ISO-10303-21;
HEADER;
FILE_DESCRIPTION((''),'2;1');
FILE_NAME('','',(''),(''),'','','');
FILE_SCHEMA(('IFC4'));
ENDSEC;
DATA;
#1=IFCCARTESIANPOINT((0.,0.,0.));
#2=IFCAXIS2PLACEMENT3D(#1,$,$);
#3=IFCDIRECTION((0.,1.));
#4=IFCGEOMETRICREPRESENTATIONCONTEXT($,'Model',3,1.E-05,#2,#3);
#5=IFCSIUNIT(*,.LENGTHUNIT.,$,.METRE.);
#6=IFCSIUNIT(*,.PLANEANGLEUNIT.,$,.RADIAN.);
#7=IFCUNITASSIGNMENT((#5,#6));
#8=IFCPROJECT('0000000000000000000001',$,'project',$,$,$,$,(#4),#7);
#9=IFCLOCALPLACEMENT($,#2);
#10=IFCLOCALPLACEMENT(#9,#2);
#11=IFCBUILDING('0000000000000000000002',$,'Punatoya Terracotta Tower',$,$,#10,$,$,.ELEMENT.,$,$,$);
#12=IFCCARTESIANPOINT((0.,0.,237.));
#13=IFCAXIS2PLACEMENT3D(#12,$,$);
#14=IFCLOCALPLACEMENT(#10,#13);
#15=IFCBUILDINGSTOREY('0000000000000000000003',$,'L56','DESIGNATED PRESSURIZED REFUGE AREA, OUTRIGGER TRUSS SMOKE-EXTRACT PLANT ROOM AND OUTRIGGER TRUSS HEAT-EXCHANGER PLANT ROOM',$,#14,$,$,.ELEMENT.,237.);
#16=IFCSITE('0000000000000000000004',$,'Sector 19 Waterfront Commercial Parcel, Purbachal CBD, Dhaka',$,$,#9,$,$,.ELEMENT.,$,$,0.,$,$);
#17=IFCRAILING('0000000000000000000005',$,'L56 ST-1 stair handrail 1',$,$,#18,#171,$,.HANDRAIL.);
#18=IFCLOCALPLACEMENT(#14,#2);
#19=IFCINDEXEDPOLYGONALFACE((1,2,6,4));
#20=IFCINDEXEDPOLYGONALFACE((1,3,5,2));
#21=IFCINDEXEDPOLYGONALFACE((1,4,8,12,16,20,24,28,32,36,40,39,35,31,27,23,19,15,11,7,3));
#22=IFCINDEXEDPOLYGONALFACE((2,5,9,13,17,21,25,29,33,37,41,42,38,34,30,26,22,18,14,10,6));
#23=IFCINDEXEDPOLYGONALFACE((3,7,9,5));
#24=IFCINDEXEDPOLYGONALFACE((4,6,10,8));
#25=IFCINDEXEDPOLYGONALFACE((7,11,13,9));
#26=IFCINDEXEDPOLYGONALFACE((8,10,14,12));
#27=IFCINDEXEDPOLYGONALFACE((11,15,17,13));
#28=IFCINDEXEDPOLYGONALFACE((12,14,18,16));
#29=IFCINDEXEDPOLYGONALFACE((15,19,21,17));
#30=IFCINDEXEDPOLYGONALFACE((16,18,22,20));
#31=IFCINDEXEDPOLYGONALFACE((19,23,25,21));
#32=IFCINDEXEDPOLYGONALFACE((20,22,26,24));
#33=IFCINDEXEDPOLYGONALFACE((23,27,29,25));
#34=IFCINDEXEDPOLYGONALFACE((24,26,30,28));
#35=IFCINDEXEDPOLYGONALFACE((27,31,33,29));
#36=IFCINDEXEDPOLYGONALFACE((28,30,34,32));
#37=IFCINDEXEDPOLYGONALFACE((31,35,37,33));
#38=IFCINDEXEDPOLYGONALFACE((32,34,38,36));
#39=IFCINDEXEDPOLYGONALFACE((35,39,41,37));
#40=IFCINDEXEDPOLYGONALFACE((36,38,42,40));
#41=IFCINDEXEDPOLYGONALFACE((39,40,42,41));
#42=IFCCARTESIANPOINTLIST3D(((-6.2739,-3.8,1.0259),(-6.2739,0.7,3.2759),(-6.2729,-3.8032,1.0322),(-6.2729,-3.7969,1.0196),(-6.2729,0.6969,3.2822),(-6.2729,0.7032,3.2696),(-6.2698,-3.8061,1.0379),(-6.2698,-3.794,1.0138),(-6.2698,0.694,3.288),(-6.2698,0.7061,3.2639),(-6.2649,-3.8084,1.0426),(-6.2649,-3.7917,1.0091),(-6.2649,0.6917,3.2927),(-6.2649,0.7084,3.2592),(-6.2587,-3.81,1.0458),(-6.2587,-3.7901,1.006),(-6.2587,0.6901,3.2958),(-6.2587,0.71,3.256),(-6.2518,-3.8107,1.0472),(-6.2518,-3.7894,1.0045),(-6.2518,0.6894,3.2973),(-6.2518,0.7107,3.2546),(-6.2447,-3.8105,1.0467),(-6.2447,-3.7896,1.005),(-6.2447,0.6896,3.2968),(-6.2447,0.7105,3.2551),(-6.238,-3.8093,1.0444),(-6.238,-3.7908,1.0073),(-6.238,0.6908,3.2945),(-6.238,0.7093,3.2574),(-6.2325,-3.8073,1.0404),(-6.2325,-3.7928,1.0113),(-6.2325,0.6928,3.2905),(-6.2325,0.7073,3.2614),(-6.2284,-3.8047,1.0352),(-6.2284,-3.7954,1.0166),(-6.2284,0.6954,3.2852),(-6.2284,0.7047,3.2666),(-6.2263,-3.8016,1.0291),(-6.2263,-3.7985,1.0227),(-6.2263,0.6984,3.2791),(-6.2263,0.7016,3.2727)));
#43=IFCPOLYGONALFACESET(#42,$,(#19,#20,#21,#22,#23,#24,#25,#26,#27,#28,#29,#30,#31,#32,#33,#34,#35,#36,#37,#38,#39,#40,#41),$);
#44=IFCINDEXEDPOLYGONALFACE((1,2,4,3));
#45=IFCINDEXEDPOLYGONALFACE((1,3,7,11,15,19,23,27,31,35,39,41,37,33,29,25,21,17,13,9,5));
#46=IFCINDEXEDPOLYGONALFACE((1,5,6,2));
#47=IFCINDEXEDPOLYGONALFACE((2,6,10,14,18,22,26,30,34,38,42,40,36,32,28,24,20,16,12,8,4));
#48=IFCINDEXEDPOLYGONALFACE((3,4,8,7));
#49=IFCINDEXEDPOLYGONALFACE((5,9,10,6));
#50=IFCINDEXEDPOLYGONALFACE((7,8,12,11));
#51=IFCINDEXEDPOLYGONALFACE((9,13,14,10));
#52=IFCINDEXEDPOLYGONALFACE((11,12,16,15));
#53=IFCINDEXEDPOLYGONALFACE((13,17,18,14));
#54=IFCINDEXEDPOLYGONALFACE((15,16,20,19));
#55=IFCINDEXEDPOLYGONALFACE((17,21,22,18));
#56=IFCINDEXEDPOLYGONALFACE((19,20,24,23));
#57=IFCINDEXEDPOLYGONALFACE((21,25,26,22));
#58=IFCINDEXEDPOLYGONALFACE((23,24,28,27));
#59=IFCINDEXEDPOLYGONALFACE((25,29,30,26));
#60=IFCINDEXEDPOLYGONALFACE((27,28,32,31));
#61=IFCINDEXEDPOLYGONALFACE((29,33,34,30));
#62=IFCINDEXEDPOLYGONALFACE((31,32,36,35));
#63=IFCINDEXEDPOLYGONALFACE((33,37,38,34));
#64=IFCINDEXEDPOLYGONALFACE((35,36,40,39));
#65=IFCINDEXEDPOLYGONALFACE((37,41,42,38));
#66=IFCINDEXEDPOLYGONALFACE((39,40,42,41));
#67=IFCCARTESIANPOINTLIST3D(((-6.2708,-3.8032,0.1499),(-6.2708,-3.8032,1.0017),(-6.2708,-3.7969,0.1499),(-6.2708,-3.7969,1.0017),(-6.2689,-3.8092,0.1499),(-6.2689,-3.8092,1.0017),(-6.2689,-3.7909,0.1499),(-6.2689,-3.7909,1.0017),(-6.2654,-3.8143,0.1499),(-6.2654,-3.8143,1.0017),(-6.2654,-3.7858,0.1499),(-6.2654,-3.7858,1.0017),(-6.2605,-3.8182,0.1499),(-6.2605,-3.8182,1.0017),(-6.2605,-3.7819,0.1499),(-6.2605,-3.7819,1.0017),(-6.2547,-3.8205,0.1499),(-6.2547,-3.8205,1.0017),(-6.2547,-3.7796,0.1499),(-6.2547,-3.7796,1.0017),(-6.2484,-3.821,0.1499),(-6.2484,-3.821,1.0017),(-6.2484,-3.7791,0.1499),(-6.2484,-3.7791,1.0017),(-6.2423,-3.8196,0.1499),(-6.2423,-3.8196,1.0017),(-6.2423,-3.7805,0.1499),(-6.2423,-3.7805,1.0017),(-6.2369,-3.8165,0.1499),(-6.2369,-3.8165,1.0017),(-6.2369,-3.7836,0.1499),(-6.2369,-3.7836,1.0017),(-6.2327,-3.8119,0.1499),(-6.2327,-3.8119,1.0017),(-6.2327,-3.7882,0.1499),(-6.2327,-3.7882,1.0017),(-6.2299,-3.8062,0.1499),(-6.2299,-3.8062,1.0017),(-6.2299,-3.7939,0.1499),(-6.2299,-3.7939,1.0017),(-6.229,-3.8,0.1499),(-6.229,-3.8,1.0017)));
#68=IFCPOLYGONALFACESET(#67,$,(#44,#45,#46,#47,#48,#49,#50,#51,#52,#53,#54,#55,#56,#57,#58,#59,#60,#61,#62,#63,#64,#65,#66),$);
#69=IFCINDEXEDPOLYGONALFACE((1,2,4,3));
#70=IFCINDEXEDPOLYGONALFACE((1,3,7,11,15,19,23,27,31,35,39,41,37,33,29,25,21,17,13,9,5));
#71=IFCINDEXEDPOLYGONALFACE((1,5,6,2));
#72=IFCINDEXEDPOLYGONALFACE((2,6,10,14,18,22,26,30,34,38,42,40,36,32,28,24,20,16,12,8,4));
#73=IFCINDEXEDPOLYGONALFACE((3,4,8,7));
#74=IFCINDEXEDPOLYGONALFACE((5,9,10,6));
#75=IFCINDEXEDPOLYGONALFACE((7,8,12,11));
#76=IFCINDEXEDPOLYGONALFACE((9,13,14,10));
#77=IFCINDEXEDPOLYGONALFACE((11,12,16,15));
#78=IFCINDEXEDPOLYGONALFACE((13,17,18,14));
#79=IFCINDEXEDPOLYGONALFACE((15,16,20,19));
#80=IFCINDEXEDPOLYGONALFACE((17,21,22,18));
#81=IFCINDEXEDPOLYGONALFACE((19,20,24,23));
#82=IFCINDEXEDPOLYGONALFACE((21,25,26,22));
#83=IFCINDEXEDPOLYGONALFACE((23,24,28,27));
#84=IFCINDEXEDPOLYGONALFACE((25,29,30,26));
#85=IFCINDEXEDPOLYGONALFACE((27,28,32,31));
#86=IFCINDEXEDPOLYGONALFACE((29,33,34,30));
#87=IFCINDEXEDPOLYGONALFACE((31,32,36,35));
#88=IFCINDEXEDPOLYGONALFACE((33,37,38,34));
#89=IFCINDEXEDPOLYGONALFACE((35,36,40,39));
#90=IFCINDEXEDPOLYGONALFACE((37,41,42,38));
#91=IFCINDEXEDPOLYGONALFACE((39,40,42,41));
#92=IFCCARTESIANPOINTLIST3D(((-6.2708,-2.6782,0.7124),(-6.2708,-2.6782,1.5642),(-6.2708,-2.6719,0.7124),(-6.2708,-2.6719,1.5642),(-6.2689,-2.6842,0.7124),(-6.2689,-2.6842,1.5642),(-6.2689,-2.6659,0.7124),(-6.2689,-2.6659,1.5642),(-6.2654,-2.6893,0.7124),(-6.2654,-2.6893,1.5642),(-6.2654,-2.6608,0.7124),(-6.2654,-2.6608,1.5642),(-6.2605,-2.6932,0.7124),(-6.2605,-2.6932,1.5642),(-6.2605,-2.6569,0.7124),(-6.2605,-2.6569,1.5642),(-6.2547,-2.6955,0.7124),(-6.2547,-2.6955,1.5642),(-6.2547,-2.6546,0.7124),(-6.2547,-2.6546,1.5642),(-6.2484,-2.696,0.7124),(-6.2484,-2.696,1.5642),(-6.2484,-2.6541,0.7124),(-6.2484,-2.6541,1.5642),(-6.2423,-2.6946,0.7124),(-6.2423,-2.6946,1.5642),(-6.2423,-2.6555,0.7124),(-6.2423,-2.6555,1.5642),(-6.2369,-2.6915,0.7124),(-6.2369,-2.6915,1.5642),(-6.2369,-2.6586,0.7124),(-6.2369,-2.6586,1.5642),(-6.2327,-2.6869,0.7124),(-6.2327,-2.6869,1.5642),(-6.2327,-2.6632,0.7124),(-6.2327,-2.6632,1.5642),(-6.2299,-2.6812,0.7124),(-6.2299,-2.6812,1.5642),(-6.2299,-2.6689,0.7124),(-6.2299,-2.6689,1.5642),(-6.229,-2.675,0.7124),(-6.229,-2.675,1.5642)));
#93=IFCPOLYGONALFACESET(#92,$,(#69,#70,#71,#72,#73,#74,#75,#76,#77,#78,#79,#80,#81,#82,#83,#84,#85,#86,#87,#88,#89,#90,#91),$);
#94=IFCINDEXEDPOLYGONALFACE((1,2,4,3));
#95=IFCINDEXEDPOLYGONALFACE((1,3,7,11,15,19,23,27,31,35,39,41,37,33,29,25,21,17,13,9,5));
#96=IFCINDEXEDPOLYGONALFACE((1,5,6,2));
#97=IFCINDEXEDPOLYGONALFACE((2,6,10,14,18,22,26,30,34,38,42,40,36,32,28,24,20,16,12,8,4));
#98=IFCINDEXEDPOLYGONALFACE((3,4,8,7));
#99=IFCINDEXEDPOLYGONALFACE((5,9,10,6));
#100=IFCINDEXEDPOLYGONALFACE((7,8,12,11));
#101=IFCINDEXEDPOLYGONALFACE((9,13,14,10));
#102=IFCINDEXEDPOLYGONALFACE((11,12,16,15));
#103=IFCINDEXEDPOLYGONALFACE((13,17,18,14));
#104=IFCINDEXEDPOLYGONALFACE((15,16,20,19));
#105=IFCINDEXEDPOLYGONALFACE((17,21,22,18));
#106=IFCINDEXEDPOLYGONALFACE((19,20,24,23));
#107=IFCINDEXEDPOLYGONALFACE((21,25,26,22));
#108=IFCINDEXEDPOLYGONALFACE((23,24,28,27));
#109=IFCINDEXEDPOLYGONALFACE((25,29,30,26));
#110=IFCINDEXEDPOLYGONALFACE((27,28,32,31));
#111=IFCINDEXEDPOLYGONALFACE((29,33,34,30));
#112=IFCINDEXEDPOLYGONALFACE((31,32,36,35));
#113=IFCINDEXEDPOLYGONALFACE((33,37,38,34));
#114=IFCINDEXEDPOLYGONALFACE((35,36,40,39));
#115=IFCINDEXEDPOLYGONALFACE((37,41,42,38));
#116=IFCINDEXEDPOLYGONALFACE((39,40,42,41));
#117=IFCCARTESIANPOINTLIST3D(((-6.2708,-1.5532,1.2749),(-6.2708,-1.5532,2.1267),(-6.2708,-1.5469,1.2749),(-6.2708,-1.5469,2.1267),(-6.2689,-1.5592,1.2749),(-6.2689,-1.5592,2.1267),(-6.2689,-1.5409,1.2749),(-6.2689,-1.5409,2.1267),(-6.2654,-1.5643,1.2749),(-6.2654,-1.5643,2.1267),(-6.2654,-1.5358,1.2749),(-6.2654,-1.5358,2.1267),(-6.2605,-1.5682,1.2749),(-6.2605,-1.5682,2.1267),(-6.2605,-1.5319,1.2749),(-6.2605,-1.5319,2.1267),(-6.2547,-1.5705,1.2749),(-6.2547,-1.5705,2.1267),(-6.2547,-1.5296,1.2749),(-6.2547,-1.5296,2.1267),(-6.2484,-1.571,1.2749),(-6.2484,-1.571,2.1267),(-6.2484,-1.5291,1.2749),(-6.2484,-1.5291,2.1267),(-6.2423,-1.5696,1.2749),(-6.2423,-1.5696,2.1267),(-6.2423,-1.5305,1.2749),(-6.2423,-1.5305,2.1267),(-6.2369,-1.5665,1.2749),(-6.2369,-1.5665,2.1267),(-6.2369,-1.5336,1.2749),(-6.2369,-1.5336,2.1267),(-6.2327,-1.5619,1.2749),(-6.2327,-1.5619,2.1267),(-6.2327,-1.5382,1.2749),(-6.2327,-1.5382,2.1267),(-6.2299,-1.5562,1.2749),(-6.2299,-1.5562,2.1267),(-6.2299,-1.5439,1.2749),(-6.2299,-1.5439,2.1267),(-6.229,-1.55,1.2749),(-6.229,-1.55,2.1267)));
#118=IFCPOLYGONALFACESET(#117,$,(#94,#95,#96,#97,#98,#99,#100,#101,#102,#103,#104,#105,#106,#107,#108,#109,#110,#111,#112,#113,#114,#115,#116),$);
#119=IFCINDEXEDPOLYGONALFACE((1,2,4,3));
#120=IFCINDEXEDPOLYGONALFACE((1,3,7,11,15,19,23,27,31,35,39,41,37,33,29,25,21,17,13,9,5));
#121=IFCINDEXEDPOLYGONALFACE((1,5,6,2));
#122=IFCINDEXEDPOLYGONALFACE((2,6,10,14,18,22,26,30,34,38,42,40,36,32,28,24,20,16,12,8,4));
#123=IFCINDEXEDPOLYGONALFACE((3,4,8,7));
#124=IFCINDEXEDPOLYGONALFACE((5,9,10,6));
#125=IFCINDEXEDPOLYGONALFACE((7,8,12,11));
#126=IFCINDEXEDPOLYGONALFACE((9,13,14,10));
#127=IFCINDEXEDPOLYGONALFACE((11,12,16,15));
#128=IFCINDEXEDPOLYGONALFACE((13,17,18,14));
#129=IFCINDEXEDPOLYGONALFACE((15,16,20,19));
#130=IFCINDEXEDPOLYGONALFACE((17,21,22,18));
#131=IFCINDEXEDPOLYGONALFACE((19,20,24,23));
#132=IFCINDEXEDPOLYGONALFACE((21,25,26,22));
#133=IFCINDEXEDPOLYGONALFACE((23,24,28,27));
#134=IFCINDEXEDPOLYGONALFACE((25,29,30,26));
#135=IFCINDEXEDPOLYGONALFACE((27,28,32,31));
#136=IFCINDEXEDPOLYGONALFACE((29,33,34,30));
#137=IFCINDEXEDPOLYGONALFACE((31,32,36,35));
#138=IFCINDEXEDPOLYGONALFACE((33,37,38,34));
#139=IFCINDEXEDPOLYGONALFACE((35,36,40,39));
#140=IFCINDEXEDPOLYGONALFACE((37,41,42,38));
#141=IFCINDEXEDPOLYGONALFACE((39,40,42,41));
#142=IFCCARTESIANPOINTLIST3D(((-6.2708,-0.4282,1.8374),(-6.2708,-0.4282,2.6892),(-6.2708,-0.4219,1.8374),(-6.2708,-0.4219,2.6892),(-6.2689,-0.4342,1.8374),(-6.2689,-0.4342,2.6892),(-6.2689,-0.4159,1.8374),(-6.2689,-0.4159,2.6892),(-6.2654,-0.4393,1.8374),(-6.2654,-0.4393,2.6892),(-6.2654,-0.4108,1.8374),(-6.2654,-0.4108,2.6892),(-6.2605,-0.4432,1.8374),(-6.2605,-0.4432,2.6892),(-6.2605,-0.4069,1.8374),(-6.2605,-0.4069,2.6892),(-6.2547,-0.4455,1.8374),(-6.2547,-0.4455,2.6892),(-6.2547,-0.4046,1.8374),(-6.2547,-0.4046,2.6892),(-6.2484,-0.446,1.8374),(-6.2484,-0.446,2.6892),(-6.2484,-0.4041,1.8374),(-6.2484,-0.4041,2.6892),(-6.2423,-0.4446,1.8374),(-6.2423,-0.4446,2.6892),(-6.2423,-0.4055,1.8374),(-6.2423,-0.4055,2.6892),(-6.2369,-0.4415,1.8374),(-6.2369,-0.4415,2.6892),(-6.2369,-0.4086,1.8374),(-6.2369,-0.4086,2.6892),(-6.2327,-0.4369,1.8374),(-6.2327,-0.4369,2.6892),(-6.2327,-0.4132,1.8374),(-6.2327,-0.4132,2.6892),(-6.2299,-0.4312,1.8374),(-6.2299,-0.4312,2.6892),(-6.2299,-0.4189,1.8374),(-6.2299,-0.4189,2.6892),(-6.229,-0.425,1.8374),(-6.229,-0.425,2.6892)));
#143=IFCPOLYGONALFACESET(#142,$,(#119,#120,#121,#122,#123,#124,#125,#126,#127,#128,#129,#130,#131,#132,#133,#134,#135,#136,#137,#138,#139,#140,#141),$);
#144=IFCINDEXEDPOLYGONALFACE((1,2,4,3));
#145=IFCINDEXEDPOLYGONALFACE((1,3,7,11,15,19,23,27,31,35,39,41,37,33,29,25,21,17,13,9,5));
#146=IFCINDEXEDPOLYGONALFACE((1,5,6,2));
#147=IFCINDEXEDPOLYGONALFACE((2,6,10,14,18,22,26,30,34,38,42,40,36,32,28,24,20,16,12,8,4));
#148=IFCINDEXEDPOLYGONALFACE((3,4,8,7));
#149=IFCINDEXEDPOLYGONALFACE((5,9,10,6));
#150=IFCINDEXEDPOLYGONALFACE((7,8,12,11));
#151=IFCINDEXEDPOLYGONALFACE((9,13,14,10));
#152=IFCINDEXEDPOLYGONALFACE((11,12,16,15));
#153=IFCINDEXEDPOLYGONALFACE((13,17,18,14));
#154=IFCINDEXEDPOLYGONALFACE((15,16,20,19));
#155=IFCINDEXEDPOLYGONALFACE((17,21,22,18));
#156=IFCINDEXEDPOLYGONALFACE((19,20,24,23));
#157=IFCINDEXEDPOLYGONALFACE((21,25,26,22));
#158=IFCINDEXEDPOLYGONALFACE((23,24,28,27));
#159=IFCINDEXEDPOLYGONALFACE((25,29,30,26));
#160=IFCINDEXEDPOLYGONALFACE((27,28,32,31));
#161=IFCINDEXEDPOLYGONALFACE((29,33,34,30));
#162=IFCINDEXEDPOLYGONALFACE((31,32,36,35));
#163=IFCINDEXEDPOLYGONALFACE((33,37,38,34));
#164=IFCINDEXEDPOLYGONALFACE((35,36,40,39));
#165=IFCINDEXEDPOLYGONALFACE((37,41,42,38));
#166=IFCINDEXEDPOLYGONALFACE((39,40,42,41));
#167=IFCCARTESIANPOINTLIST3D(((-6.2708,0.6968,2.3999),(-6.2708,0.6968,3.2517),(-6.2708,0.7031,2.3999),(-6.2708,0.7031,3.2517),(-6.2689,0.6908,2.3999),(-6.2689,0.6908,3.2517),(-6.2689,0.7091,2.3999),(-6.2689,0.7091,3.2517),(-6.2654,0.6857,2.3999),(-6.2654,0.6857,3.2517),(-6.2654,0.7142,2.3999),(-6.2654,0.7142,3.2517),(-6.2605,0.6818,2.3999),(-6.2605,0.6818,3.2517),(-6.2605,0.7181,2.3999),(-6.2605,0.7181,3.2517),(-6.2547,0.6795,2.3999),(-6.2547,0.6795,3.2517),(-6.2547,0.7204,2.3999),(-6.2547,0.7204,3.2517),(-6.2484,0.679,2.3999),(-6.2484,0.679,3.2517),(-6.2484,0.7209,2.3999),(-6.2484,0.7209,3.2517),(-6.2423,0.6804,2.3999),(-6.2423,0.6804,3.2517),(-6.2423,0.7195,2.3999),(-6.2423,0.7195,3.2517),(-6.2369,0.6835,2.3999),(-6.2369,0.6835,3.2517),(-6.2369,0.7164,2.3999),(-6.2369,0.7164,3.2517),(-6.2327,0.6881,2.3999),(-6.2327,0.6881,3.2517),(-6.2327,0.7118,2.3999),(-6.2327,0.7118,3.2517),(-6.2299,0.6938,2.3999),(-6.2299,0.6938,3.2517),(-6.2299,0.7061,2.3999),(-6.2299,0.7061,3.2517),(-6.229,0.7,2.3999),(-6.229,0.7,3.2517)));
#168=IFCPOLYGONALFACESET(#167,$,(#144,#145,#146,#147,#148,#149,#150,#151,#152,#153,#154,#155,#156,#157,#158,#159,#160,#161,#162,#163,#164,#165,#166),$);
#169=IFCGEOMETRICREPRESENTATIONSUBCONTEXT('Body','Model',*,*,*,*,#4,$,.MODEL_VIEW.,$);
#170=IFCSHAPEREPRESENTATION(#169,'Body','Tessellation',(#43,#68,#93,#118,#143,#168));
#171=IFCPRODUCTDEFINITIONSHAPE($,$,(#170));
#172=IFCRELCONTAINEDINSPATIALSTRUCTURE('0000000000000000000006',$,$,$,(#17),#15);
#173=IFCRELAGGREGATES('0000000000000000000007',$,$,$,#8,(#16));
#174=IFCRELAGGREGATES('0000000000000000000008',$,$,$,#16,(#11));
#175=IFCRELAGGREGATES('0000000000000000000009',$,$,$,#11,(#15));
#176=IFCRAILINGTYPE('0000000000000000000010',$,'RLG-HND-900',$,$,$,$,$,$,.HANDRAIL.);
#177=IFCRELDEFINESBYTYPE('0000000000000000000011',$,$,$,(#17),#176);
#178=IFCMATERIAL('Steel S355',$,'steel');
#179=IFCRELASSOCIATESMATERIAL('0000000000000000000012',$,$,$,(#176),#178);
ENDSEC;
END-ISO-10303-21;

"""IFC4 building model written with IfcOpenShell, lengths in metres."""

from ifc_helpers import new_model, si_unit, direction, frame, origin, origin_2d, place, context, subcontext, project, spatial, circle, extrude, material, type_object, element, save


model = new_model("IFC4")

# Units and contexts
model_context = context("Model", 3, precision=1e-05, world=origin(), true_north=direction((0.0, 1.0)))
body_context = subcontext(model_context, "Body", "Model", "MODEL_VIEW")
ifc_project = project(units=[si_unit("LENGTHUNIT", "METRE"), si_unit("PLANEANGLEUNIT", "RADIAN")], contexts=[model_context])

# Site, building, storey
site_placement = place(None, origin())
site = spatial("IfcSite", under=ifc_project, at=site_placement, Name="Sector 19 Waterfront Commercial Parcel, Purbachal CBD, Dhaka", CompositionType="ELEMENT", RefElevation=0.0)
building_placement = place(site_placement, origin())
building = spatial("IfcBuilding", under=site, at=building_placement, Name="Punatoya Terracotta Tower", CompositionType="ELEMENT")
storey_placement = place(building_placement, frame((0.0, 0.0, 237.0)))
storey = spatial("IfcBuildingStorey", under=building, at=storey_placement, Name="L56", Description="DESIGNATED PRESSURIZED REFUGE AREA, OUTRIGGER TRUSS SMOKE-EXTRACT PLANT ROOM AND OUTRIGGER TRUSS HEAT-EXCHANGER PLANT ROOM", CompositionType="ELEMENT", Elevation=237.0)

# Railing
ifc_material_1 = material(Name="Steel S355", Category="steel")
railing_type_1 = type_object("IfcRailingType", Name="RLG-HND-900", PredefinedType="HANDRAIL", material=ifc_material_1)
railing_1_placement = place(storey_placement, frame((-6.25, -3.8, 0.1499)))
element("IfcRailing", 1, at=railing_1_placement, inside=storey, type_object=railing_type_1, Name="L56 ST-1 stair handrail 1", PredefinedType="HANDRAIL", context=body_context, shape_type="SweptSolid", body=[
    extrude(circle(Radius=0.0239, at=origin_2d()), frame((0.0, 0.0, 0.876), z_axis=(0.0, 0.894427, 0.447214), x_axis=(-1.0, 0.0, 0.0)), (0.0, 0.0, 1.0), 5.0312),
    extrude(circle(Radius=0.021, at=origin_2d()), origin(), (0.0, 0.0, 1.0), 0.8518),
    extrude(circle(Radius=0.021, at=origin_2d()), frame((0.0, 1.125, 0.5625)), (0.0, 0.0, 1.0), 0.8518),
    extrude(circle(Radius=0.021, at=origin_2d()), frame((0.0, 2.25, 1.125)), (0.0, 0.0, 1.0), 0.8518),
    extrude(circle(Radius=0.021, at=origin_2d()), frame((0.0, 3.375, 1.6875)), (0.0, 0.0, 1.0), 0.8518),
    extrude(circle(Radius=0.021, at=origin_2d()), frame((0.0, 4.5, 2.25)), (0.0, 0.0, 1.0), 0.8518),
])

save(model, "model.ifc")
